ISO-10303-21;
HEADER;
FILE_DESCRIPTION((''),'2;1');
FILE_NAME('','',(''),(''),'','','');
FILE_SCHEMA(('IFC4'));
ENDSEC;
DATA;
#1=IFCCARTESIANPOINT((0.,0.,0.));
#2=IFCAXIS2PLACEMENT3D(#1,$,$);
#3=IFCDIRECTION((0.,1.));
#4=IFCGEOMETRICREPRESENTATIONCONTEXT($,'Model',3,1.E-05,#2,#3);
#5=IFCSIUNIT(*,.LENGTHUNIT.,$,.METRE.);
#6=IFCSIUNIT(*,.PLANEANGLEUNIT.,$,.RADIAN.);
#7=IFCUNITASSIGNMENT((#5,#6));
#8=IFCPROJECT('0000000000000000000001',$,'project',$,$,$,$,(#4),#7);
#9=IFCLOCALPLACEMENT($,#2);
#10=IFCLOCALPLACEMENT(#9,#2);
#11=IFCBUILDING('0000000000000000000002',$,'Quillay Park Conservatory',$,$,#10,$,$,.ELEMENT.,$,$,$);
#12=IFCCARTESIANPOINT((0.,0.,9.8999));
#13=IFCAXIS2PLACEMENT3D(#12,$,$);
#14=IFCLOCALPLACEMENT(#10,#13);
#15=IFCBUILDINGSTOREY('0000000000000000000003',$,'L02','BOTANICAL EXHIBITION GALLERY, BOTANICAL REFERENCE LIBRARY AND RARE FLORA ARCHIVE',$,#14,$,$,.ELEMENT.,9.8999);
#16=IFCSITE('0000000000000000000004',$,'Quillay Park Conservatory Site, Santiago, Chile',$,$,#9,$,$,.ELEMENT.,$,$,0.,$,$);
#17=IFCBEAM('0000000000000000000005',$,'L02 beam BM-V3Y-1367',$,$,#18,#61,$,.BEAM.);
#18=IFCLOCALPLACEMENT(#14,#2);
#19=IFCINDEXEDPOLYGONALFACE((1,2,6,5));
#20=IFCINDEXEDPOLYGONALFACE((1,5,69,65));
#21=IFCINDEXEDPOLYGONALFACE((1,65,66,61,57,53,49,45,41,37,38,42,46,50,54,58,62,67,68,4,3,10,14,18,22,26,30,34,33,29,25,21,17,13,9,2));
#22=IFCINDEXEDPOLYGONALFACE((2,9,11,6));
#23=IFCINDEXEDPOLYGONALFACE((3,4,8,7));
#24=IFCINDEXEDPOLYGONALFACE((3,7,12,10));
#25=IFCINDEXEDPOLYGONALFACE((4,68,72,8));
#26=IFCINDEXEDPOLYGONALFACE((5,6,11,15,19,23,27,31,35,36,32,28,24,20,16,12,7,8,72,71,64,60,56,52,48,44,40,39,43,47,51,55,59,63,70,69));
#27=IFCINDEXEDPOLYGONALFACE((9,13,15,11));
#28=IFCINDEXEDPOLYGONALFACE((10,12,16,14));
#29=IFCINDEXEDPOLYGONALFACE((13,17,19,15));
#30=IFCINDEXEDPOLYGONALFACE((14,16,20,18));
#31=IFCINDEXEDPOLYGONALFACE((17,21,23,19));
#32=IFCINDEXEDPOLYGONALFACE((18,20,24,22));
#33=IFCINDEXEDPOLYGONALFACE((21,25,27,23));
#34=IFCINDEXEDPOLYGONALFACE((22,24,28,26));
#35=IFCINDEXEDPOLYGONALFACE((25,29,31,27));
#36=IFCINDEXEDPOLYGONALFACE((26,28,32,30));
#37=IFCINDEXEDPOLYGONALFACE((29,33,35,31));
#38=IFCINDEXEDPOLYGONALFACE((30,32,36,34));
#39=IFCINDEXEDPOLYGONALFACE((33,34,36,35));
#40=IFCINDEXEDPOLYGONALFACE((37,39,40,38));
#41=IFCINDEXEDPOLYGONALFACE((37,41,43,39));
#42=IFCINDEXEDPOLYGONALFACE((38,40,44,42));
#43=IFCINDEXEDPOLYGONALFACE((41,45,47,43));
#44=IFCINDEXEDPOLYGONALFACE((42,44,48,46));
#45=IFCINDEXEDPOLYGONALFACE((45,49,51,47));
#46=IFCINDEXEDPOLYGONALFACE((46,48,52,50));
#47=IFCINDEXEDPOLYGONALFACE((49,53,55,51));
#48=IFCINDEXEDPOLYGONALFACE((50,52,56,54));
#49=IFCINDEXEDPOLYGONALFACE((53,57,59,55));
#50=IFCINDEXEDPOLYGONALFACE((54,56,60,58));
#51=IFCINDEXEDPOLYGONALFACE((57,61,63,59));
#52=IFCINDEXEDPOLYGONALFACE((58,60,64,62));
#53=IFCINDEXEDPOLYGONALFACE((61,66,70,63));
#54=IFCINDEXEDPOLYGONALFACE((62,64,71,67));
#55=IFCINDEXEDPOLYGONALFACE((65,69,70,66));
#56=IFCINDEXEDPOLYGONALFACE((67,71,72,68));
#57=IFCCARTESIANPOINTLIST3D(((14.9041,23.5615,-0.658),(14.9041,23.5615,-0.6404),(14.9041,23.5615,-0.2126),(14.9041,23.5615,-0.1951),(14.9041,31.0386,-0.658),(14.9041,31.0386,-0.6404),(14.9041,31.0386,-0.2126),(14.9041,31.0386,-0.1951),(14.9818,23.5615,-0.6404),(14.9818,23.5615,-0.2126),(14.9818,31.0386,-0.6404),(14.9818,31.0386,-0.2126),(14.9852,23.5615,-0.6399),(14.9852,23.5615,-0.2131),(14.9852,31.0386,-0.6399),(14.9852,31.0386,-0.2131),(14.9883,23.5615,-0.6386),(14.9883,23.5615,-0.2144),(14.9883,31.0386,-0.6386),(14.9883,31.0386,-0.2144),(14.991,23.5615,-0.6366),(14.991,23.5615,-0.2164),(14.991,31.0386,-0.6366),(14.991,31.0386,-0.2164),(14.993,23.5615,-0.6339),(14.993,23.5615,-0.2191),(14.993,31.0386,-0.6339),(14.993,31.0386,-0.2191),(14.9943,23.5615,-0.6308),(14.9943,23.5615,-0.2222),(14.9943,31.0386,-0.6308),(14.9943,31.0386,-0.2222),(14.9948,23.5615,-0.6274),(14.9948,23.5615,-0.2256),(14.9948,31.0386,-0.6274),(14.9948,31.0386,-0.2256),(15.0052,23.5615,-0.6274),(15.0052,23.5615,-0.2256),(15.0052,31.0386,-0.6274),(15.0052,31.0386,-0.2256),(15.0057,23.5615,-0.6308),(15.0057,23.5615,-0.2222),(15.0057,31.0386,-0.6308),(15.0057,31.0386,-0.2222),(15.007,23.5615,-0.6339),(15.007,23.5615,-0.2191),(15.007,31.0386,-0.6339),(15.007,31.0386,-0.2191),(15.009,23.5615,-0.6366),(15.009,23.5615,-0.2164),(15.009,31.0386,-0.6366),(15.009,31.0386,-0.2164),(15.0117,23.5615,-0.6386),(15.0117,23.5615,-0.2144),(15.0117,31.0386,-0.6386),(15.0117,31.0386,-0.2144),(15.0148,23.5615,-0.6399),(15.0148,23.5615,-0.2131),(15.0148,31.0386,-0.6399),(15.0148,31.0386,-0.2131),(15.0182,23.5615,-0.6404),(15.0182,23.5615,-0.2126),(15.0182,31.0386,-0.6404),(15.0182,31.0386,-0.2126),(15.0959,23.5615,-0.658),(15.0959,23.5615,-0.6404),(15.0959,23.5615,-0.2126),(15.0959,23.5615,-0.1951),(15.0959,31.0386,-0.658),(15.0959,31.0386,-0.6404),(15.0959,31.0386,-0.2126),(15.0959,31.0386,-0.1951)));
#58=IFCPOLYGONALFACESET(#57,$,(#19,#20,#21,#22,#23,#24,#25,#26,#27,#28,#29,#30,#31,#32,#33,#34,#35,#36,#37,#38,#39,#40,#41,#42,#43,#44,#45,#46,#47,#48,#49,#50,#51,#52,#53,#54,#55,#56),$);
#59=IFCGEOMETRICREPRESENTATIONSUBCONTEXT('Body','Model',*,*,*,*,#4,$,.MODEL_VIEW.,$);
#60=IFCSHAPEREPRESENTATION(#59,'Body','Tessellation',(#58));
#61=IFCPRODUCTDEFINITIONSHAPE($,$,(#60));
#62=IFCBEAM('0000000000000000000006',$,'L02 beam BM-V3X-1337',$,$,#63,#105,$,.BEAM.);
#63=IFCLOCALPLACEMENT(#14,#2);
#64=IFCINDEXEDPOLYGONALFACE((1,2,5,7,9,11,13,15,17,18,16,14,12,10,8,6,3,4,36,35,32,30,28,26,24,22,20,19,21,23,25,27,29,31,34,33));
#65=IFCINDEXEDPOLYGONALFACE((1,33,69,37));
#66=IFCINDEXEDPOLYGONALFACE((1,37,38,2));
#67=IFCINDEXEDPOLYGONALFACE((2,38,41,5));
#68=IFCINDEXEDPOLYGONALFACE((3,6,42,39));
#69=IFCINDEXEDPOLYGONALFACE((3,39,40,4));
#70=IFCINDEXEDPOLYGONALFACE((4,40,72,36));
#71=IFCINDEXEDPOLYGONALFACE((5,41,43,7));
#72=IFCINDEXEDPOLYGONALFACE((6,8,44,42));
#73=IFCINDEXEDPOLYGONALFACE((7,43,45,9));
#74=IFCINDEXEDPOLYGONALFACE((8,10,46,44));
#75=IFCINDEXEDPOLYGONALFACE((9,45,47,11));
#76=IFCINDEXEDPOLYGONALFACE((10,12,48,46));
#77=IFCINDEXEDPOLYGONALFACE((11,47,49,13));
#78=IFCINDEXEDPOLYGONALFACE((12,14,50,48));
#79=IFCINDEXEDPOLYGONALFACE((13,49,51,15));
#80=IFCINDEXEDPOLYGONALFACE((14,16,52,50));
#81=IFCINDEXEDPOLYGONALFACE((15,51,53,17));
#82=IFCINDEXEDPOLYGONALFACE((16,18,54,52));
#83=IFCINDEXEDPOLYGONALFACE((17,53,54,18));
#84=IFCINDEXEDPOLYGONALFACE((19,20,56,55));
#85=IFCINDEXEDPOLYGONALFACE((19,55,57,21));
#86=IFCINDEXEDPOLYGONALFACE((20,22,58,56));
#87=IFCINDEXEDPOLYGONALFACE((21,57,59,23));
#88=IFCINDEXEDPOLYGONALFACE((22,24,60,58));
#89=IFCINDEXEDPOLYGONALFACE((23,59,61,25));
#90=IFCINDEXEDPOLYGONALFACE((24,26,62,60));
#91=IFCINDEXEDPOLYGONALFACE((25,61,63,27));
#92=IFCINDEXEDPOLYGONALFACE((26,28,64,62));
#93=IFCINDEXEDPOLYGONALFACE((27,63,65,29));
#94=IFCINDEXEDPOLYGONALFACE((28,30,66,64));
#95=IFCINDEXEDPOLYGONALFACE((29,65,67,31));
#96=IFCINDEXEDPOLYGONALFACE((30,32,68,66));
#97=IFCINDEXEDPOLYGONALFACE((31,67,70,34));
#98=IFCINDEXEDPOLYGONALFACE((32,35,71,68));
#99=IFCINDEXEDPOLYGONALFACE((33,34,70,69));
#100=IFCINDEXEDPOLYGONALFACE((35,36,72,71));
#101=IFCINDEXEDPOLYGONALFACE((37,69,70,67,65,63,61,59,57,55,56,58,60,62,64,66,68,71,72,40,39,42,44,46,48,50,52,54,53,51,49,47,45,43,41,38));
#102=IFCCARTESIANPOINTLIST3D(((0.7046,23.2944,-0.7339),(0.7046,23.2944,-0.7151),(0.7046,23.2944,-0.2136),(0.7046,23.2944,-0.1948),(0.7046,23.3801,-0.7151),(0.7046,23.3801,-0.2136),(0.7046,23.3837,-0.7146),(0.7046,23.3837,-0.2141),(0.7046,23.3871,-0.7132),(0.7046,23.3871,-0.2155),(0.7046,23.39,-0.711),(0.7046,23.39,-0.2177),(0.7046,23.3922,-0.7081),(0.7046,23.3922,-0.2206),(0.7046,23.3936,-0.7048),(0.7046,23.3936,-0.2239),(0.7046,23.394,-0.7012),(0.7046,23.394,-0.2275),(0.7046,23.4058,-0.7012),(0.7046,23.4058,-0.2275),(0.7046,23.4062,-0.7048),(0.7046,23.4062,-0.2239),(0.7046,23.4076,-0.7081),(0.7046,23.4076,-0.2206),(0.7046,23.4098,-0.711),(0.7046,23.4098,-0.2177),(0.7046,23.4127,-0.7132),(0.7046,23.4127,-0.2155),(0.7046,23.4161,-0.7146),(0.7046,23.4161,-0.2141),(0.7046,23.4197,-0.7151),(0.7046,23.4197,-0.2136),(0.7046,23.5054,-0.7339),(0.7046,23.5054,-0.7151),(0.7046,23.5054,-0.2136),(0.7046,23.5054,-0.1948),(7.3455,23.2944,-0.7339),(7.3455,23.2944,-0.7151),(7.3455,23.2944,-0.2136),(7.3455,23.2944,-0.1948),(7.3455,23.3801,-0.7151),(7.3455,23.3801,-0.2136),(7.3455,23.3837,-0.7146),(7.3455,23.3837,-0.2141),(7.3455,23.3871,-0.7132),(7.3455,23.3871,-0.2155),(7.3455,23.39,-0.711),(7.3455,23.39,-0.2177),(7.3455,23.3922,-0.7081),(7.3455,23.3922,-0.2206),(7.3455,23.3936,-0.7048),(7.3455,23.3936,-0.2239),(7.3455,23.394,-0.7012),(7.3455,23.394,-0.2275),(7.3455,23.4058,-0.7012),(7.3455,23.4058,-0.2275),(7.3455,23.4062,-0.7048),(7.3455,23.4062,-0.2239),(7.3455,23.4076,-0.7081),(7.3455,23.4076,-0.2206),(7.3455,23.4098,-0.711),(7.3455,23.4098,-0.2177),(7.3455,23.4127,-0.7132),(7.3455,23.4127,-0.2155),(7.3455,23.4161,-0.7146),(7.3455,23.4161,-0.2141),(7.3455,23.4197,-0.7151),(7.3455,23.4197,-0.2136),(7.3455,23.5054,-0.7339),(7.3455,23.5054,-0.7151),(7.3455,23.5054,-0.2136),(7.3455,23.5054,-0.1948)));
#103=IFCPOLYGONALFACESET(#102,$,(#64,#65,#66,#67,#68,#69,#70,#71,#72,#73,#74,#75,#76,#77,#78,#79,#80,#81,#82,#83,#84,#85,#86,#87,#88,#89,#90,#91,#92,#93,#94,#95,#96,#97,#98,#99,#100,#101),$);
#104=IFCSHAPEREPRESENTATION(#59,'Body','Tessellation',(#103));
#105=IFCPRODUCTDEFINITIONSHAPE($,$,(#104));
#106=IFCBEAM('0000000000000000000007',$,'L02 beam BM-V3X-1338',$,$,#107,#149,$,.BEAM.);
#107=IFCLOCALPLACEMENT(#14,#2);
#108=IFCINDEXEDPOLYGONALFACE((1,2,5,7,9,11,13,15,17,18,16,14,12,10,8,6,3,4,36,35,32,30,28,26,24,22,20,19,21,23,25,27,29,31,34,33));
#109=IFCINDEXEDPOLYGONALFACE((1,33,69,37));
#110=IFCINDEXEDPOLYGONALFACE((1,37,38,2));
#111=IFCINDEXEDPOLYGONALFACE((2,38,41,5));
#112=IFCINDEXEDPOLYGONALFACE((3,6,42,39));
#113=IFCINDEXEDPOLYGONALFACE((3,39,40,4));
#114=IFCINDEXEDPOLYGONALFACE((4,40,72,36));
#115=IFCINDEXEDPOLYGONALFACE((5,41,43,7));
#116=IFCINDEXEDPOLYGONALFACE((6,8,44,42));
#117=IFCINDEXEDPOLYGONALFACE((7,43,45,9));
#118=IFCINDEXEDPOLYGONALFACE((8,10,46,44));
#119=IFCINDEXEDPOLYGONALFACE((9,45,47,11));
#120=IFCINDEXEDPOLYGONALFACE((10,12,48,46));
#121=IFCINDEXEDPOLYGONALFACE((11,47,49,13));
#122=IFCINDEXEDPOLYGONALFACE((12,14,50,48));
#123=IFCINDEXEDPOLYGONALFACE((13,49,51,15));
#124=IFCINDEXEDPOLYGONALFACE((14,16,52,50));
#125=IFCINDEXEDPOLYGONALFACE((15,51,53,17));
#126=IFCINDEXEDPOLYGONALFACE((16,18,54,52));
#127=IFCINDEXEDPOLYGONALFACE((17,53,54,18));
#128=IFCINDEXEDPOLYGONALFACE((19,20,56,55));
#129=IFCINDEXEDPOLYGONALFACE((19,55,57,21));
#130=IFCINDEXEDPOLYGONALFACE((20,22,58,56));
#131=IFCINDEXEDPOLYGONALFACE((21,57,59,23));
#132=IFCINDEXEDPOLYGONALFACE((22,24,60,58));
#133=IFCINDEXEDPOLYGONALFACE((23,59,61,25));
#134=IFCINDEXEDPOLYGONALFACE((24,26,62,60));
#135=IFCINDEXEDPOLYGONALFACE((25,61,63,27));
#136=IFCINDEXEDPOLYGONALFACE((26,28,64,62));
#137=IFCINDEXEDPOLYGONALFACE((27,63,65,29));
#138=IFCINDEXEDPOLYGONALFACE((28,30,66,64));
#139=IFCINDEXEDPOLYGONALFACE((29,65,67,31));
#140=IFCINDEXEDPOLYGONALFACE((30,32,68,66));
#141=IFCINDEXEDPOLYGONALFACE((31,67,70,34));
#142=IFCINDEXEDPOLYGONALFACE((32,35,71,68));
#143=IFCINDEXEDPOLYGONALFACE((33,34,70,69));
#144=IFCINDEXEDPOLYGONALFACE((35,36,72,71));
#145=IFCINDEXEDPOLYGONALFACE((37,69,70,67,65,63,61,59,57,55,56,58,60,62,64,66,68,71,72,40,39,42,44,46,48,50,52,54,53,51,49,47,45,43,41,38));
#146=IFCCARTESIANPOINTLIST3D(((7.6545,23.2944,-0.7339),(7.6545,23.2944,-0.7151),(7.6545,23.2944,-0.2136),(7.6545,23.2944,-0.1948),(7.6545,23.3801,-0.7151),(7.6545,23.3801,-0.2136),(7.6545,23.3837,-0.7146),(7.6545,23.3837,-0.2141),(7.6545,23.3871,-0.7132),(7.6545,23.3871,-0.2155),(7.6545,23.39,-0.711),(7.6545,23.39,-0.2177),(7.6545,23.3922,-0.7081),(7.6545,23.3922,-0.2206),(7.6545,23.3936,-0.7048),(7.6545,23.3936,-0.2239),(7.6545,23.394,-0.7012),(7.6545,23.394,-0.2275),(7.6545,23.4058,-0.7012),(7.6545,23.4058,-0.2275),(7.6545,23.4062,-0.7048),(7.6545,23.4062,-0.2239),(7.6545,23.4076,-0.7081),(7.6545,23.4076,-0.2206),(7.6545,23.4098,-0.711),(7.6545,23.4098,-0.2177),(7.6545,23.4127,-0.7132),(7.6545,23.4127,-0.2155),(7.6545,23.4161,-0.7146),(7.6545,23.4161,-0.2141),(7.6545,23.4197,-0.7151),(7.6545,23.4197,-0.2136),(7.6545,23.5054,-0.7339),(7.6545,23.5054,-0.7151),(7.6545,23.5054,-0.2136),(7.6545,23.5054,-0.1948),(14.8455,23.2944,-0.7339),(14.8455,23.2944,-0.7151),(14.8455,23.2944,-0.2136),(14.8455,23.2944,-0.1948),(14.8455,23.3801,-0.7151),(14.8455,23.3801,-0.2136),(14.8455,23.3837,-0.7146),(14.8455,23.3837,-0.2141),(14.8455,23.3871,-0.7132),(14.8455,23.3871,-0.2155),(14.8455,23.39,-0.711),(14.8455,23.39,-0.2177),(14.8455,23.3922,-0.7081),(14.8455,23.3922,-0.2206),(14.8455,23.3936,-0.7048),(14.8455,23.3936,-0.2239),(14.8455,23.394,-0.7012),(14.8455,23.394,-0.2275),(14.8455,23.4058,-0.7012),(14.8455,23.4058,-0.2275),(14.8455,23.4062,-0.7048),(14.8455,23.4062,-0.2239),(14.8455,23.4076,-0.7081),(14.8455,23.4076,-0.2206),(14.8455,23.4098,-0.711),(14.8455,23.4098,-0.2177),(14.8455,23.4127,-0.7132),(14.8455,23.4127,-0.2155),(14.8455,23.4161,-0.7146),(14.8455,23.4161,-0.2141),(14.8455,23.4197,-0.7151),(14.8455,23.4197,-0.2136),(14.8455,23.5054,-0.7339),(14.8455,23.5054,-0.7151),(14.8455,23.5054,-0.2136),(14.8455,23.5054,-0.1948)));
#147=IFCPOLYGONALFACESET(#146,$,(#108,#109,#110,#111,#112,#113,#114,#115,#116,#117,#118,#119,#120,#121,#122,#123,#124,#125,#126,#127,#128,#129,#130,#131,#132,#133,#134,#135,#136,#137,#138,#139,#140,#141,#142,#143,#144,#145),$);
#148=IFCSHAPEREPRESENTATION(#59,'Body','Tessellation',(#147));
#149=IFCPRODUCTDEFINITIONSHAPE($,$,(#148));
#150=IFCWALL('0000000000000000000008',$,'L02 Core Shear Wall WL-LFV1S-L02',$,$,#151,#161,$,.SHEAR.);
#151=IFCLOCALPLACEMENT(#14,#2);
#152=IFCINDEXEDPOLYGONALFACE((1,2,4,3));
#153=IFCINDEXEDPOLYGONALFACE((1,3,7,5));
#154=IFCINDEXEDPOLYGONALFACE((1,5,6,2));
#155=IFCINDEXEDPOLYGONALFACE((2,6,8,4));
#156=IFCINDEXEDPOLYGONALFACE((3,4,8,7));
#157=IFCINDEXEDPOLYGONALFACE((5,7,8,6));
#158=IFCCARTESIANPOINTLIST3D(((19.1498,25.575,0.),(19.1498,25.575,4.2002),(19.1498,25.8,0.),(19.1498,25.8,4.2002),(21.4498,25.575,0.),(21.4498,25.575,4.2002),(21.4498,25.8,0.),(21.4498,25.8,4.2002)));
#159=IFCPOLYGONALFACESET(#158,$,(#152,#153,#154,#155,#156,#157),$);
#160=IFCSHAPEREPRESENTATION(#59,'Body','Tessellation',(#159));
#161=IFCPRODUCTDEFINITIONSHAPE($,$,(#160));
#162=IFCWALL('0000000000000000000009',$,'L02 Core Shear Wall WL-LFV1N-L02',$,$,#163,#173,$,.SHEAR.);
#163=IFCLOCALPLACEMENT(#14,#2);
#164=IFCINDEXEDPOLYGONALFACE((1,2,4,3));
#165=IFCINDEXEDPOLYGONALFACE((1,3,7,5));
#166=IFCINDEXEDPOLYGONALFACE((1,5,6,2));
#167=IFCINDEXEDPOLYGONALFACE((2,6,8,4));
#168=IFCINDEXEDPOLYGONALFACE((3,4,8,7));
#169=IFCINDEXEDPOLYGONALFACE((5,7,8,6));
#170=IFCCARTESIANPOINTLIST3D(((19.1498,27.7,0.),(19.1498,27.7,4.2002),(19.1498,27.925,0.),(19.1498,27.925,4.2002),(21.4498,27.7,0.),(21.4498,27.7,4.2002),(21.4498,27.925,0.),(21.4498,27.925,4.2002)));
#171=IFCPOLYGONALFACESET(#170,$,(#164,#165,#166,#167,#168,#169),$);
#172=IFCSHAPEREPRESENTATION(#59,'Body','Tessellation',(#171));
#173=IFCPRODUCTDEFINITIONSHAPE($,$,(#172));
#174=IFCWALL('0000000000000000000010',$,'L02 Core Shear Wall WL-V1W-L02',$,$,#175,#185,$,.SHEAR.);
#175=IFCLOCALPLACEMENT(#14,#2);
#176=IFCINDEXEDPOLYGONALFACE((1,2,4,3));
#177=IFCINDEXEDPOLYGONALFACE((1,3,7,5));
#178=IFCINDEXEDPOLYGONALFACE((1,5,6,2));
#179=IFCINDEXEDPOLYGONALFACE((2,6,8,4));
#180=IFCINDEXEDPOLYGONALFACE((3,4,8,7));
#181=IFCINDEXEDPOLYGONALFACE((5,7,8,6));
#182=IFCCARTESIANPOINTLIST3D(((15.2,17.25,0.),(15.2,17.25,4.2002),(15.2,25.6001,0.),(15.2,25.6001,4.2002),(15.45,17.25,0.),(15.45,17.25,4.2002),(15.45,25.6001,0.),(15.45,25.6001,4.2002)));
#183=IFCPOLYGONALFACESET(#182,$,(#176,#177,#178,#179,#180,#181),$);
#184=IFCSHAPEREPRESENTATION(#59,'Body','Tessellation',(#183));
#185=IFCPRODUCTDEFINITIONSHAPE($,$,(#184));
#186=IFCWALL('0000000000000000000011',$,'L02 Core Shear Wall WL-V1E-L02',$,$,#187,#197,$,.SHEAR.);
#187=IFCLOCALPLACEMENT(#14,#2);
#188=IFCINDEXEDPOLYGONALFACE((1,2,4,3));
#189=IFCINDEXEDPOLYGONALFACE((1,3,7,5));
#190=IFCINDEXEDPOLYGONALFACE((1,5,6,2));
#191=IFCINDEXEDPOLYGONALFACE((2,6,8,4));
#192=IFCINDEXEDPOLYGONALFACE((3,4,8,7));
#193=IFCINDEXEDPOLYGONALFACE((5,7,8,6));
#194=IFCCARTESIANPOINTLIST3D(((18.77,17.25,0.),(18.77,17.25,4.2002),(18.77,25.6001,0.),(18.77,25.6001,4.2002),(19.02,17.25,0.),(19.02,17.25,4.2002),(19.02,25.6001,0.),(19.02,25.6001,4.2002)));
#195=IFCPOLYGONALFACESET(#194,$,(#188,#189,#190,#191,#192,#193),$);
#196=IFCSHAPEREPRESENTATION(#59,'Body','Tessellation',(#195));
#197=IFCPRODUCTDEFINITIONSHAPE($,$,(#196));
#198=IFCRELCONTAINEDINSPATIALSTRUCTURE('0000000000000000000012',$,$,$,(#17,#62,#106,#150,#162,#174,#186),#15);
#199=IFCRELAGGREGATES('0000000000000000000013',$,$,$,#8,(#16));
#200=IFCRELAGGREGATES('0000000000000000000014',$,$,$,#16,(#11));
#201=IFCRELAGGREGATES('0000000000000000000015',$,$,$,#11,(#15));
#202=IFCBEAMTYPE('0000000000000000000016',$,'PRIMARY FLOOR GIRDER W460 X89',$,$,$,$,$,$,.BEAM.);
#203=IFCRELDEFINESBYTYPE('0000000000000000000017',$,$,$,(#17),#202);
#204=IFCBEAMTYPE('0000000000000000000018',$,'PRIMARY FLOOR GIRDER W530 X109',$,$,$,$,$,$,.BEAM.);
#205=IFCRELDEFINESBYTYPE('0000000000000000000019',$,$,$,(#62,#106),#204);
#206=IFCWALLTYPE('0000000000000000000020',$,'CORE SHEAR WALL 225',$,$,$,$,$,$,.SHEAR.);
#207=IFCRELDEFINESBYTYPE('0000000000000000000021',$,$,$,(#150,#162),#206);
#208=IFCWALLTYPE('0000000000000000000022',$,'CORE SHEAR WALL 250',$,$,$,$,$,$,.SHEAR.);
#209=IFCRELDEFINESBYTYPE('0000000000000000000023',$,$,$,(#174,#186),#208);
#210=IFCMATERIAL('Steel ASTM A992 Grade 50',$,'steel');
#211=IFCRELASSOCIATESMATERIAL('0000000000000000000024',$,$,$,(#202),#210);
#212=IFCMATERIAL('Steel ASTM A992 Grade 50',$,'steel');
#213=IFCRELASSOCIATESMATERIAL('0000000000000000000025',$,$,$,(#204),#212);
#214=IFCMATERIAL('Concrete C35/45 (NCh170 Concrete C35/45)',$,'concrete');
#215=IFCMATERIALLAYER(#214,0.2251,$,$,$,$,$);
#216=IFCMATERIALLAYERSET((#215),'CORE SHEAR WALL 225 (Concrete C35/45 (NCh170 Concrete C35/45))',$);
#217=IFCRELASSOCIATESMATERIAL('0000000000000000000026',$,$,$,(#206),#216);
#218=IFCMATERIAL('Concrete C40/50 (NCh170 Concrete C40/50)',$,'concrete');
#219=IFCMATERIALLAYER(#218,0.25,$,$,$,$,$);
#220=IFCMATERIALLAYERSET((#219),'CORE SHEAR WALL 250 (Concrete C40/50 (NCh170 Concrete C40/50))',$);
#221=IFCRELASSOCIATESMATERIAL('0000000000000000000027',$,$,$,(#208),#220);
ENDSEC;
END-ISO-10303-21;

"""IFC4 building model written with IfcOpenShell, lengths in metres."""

from ifc_helpers import new_model, si_unit, direction, frame, frame_2d, origin, origin_2d, place, context, subcontext, project, spatial, rectangle, i_section, extrude, material, layer, layer_set, material_profile, profile_set, type_object, element, save


model = new_model("IFC4")

# Units and contexts
model_context = context("Model", 3, precision=1e-05, world=origin(), true_north=direction((0.0, 1.0)))
body_context = subcontext(model_context, "Body", "Model", "MODEL_VIEW")
ifc_project = project(units=[si_unit("LENGTHUNIT", "METRE"), si_unit("PLANEANGLEUNIT", "RADIAN")], contexts=[model_context])

# Site, building, storey
site_placement = place(None, origin())
site = spatial("IfcSite", under=ifc_project, at=site_placement, Name="Quillay Park Conservatory Site, Santiago, Chile", CompositionType="ELEMENT", RefElevation=0.0)
building_placement = place(site_placement, origin())
building = spatial("IfcBuilding", under=site, at=building_placement, Name="Quillay Park Conservatory", CompositionType="ELEMENT")
storey_placement = place(building_placement, frame((0.0, 0.0, 9.8999)))
storey = spatial("IfcBuildingStorey", under=building, at=storey_placement, Name="L02", Description="BOTANICAL EXHIBITION GALLERY, BOTANICAL REFERENCE LIBRARY AND RARE FLORA ARCHIVE", CompositionType="ELEMENT", Elevation=9.8999)

# Beams
ifc_material_1 = material(Name="Steel ASTM A992 Grade 50", Category="steel")
ifc_material_profile_1 = material_profile(ifc_material_1, i_section(OverallWidth=0.1919, OverallDepth=0.4629, WebThickness=0.0105, FlangeThickness=0.0176, FilletRadius=0.0129, at=origin_2d()), Name="W460x89")
ifc_profile_set_1 = profile_set([ifc_material_profile_1], Name="Steel ASTM A992 Grade 50")
beam_type_1 = type_object("IfcBeamType", Name="PRIMARY FLOOR GIRDER W460 X89", PredefinedType="BEAM", material=ifc_profile_set_1)
for number, where, z_axis, x_axis, name in (
    (1, (15.0, 23.5615, -0.4265), (0.0, 1.0, 0.0), (-1.0, 0.0, 0.0), "L02 beam BM-V3Y-1367"),
):
    element("IfcBeam", number, at=place(storey_placement, frame(where, z_axis=z_axis, x_axis=x_axis)), inside=storey, type_object=beam_type_1, Name=name, PredefinedType="BEAM", context=body_context, shape_type="SweptSolid", body=[
        extrude(i_section(OverallWidth=0.1919, OverallDepth=0.4629, WebThickness=0.0105, FlangeThickness=0.0176, FilletRadius=0.0129, at=origin_2d()), origin(), (0.0, 0.0, 1.0), 7.4771),
    ])
ifc_material_2 = material(Name="Steel ASTM A992 Grade 50", Category="steel")
ifc_material_profile_2 = material_profile(ifc_material_2, i_section(OverallWidth=0.2109, OverallDepth=0.5391, WebThickness=0.0117, FlangeThickness=0.0188, FilletRadius=0.0139, at=origin_2d()), Name="W530x109")
ifc_profile_set_2 = profile_set([ifc_material_profile_2], Name="Steel ASTM A992 Grade 50")
beam_type_2 = type_object("IfcBeamType", Name="PRIMARY FLOOR GIRDER W530 X109", PredefinedType="BEAM", material=ifc_profile_set_2)
beam_1_placement = place(storey_placement, frame((0.7046, 23.3999, -0.4644), z_axis=(1.0, 0.0, 0.0), x_axis=(0.0, 1.0, 0.0)))
element("IfcBeam", 2, at=beam_1_placement, inside=storey, type_object=beam_type_2, Name="L02 beam BM-V3X-1337", PredefinedType="BEAM", context=body_context, shape_type="SweptSolid", body=[
    extrude(i_section(OverallWidth=0.2109, OverallDepth=0.5391, WebThickness=0.0117, FlangeThickness=0.0188, FilletRadius=0.0139, at=origin_2d()), origin(), (0.0, 0.0, 1.0), 6.6409),
])
beam_2_placement = place(storey_placement, frame((7.6545, 23.3999, -0.4644), z_axis=(1.0, 0.0, 0.0), x_axis=(0.0, 1.0, 0.0)))
element("IfcBeam", 3, at=beam_2_placement, inside=storey, type_object=beam_type_2, Name="L02 beam BM-V3X-1338", PredefinedType="BEAM", context=body_context, shape_type="SweptSolid", body=[
    extrude(i_section(OverallWidth=0.2109, OverallDepth=0.5391, WebThickness=0.0117, FlangeThickness=0.0188, FilletRadius=0.0139, at=origin_2d()), origin(), (0.0, 0.0, 1.0), 7.1909),
])

# Walls
ifc_material_3 = material(Name="Concrete C35/45 (NCh170 Concrete C35/45)", Category="concrete")
ifc_layer_1 = layer(ifc_material_3, 0.2251)
ifc_layer_set_1 = layer_set([ifc_layer_1], Name="CORE SHEAR WALL 225 (Concrete C35/45 (NCh170 Concrete C35/45))")
wall_type_1 = type_object("IfcWallType", Name="CORE SHEAR WALL 225", PredefinedType="SHEAR", material=ifc_layer_set_1)
for number, where, z_axis, x_axis, name in (
    (4, (19.1499, 25.6875, 0.0), (0.0, 0.0, 1.0), (1.0, 0.0, 0.0), "L02 Core Shear Wall WL-LFV1S-L02"),
    (5, (19.1499, 27.8125, 0.0), (0.0, 0.0, 1.0), (1.0, 0.0, 0.0), "L02 Core Shear Wall WL-LFV1N-L02"),
):
    element("IfcWall", number, at=place(storey_placement, frame(where, z_axis=z_axis, x_axis=x_axis)), inside=storey, type_object=wall_type_1, Name=name, PredefinedType="SHEAR", context=body_context, shape_type="SweptSolid", body=[
        extrude(rectangle(XDim=2.3, YDim=0.2251, at=frame_2d((1.1499, 0.0))), origin(), (0.0, 0.0, 1.0), 4.2002),
    ])
ifc_material_4 = material(Name="Concrete C40/50 (NCh170 Concrete C40/50)", Category="concrete")
ifc_layer_2 = layer(ifc_material_4, 0.25)
ifc_layer_set_2 = layer_set([ifc_layer_2], Name="CORE SHEAR WALL 250 (Concrete C40/50 (NCh170 Concrete C40/50))")
wall_type_2 = type_object("IfcWallType", Name="CORE SHEAR WALL 250", PredefinedType="SHEAR", material=ifc_layer_set_2)
for number, where, z_axis, x_axis, name in (
    (6, (15.325, 17.25, 0.0), (0.0, 0.0, 1.0), (0.0, 1.0, 0.0), "L02 Core Shear Wall WL-V1W-L02"),
    (7, (18.895, 17.25, 0.0), (0.0, 0.0, 1.0), (0.0, 1.0, 0.0), "L02 Core Shear Wall WL-V1E-L02"),
):
    element("IfcWall", number, at=place(storey_placement, frame(where, z_axis=z_axis, x_axis=x_axis)), inside=storey, type_object=wall_type_2, Name=name, PredefinedType="SHEAR", context=body_context, shape_type="SweptSolid", body=[
        extrude(rectangle(XDim=8.3501, YDim=0.25, at=frame_2d((4.175, 0.0))), origin(), (0.0, 0.0, 1.0), 4.2002),
    ])

save(model, "model.ifc")
